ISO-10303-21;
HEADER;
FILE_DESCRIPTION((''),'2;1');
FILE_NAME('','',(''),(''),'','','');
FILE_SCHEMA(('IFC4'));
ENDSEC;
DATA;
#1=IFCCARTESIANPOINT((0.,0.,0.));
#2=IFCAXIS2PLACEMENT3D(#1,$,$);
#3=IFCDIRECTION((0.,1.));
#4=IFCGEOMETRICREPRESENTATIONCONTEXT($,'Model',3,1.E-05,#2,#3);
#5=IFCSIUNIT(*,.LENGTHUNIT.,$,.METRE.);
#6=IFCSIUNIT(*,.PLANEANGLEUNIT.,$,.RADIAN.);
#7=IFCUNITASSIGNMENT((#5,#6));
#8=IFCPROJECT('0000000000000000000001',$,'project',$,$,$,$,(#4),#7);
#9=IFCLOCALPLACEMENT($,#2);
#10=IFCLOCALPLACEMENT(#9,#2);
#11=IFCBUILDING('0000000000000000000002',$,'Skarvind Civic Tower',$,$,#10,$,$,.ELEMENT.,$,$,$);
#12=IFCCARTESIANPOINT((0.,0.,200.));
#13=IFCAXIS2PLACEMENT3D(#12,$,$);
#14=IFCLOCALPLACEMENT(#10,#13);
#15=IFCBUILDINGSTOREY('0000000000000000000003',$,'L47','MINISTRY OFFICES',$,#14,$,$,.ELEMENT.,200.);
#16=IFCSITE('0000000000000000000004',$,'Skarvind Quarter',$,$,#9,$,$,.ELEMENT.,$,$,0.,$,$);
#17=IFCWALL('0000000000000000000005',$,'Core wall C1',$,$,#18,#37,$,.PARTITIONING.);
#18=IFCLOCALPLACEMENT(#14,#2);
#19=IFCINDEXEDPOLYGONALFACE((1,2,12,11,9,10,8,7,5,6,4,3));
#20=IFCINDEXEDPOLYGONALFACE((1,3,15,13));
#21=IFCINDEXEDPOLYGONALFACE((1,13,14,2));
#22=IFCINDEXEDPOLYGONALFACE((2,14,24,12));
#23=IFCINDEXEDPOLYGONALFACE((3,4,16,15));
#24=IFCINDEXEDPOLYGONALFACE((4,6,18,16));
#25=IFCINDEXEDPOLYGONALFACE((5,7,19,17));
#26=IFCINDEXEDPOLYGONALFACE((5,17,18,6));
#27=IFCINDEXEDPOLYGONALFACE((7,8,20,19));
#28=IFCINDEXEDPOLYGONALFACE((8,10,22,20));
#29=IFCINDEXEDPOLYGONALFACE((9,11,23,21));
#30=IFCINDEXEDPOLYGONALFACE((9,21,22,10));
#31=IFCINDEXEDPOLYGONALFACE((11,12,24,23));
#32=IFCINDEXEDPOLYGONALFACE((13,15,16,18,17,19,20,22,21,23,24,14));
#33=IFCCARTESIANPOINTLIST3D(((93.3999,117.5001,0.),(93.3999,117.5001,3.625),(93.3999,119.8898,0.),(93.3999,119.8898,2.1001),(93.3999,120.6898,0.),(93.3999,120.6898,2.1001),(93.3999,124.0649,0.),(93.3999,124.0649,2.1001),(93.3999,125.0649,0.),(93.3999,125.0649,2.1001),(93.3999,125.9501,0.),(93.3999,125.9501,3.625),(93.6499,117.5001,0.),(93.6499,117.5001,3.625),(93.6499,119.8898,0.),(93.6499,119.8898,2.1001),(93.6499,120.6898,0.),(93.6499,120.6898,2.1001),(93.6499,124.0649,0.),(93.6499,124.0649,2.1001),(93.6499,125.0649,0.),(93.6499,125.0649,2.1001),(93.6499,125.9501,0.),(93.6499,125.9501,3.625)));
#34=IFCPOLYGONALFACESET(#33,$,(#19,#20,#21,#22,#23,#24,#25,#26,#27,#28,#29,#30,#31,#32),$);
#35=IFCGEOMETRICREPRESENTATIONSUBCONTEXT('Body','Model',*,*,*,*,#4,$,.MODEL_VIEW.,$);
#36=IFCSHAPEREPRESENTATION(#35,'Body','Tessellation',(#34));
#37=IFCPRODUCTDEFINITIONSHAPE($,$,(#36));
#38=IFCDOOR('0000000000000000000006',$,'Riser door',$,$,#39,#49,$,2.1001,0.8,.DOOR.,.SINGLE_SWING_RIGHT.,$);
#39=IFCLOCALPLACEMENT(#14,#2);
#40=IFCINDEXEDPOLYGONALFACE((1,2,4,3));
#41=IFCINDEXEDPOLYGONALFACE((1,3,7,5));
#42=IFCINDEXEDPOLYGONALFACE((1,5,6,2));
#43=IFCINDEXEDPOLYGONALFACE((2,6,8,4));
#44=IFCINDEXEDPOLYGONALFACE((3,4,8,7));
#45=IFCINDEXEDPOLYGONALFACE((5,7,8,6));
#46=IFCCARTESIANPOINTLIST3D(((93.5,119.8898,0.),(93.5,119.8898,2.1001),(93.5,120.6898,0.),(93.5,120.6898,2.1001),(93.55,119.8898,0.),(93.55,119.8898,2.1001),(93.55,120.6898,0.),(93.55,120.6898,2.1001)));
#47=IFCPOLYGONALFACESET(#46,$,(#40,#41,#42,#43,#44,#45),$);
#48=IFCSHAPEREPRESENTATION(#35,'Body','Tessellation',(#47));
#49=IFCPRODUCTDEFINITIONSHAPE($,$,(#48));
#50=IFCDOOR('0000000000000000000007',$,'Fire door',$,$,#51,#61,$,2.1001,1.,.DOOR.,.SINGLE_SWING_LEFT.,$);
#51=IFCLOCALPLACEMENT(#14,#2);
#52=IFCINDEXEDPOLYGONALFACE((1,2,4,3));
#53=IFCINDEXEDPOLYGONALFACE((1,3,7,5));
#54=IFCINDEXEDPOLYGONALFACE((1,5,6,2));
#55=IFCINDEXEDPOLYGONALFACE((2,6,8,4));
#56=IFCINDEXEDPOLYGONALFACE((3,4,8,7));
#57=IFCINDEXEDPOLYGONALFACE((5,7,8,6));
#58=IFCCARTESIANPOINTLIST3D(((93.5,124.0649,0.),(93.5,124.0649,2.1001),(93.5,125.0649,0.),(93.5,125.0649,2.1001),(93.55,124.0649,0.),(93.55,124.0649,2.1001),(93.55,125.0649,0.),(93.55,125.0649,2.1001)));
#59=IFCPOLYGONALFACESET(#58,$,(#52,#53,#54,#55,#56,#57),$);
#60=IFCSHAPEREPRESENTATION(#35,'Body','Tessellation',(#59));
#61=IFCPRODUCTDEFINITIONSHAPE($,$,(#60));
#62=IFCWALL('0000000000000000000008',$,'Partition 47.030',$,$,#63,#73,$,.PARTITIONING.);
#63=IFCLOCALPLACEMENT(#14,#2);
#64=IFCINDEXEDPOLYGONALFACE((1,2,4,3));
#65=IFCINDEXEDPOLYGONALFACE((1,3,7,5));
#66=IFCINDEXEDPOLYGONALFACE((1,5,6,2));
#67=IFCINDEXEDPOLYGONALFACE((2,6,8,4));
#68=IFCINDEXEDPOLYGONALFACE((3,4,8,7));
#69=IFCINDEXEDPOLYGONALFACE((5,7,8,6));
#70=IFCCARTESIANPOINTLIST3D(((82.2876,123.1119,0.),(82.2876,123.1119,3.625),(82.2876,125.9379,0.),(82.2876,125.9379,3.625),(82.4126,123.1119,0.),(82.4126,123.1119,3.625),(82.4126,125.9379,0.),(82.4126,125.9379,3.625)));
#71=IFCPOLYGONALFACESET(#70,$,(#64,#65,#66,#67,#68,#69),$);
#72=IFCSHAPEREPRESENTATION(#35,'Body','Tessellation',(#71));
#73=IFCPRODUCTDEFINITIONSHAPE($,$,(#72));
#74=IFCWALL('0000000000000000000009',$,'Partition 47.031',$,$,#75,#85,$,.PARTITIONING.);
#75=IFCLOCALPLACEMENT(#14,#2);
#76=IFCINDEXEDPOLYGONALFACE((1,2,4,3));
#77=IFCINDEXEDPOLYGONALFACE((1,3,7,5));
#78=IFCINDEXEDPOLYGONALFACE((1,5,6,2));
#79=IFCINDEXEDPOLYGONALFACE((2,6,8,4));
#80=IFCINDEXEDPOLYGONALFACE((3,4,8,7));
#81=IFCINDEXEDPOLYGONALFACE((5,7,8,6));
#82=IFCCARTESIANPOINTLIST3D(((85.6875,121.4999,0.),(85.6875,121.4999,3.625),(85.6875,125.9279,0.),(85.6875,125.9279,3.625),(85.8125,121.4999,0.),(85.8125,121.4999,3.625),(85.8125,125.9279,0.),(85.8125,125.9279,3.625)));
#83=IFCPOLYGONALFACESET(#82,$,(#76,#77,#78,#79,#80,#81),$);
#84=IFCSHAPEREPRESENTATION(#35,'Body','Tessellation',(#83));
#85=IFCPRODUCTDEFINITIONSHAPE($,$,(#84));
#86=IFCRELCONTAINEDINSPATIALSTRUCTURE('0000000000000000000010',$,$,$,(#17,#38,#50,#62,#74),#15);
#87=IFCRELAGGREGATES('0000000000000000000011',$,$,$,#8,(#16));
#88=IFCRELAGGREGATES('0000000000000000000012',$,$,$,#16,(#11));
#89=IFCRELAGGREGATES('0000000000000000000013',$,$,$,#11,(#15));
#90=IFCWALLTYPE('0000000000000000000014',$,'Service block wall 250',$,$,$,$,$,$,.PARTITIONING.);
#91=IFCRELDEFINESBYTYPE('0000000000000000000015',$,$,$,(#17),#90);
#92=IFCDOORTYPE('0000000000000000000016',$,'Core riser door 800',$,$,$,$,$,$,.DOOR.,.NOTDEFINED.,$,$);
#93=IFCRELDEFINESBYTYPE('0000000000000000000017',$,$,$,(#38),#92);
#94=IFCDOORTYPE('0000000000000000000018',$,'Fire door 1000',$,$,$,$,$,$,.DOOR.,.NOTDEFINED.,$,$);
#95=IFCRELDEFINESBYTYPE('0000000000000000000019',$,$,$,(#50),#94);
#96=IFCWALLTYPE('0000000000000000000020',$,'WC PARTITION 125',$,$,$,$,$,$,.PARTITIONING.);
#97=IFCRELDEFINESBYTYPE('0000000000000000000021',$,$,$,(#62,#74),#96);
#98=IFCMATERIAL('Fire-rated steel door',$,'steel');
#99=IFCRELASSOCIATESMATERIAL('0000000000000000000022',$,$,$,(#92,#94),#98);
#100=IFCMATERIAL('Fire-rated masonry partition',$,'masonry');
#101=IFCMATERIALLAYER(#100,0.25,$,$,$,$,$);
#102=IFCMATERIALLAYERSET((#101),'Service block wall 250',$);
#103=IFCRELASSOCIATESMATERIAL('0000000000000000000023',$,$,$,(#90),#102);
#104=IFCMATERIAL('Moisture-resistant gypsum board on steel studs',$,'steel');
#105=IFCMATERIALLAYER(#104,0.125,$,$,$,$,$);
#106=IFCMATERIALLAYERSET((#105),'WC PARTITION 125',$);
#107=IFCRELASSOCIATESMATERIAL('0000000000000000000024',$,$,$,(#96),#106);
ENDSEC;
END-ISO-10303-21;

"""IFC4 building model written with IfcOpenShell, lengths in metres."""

from ifc_helpers import new_model, si_unit, direction, frame, frame_2d, origin, place, context, subcontext, project, spatial, rectangle, extrude, material, layer, layer_set, type_object, element, fill, save


model = new_model("IFC4")

# Units and contexts
model_context = context("Model", 3, precision=1e-05, world=origin(), true_north=direction((0.0, 1.0)))
body_context = subcontext(model_context, "Body", "Model", "MODEL_VIEW")
ifc_project = project(units=[si_unit("LENGTHUNIT", "METRE"), si_unit("PLANEANGLEUNIT", "RADIAN")], contexts=[model_context])

# Site, building, storey
site_placement = place(None, origin())
site = spatial("IfcSite", under=ifc_project, at=site_placement, Name="Skarvind Quarter", CompositionType="ELEMENT", RefElevation=0.0)
building_placement = place(site_placement, origin())
building = spatial("IfcBuilding", under=site, at=building_placement, Name="Skarvind Civic Tower", CompositionType="ELEMENT")
storey_placement = place(building_placement, frame((0.0, 0.0, 200.0)))
storey = spatial("IfcBuildingStorey", under=building, at=storey_placement, Name="L47", Description="MINISTRY OFFICES", CompositionType="ELEMENT", Elevation=200.0)

# Shared definitions
ifc_material_1 = material(Name="Fire-rated masonry partition", Category="masonry")
ifc_material_2 = material(Name="Fire-rated steel door", Category="steel")

# Shared definitions
door_type_1 = type_object("IfcDoorType", Name="Core riser door 800", OperationType="NOTDEFINED", PredefinedType="DOOR", material=ifc_material_2)

# Wall, openings, doors
ifc_layer_1 = layer(ifc_material_1, 0.25)
ifc_layer_set_1 = layer_set([ifc_layer_1], Name="Service block wall 250")
wall_type_1 = type_object("IfcWallType", Name="Service block wall 250", PredefinedType="PARTITIONING", material=ifc_layer_set_1)
wall_1_placement = place(storey_placement, frame((93.5249, 117.5, 0.0), z_axis=(0.0, 0.0, 1.0), x_axis=(0.0, 1.0, 0.0)))
wall_1 = element("IfcWall", 1, at=wall_1_placement, inside=storey, type_object=wall_type_1, Name="Core wall C1", PredefinedType="PARTITIONING", context=body_context, shape_type="SweptSolid", body=[
    extrude(rectangle(XDim=8.45, YDim=0.25, at=frame_2d((4.2251, 0.0))), origin(), (0.0, 0.0, 1.0), 3.625),
])
opening_1_placement = place(wall_1_placement, frame((6.5649, 0.0, 0.0)))
opening_1 = element("IfcOpeningElement", 2, at=opening_1_placement, cuts=wall_1, PredefinedType="OPENING", context=body_context, shape_type="SweptSolid", body=[
    extrude(rectangle(XDim=1.0, YDim=2.1001, at=frame_2d((0.5, 1.05))), frame((0.0, 0.135, 0.0), z_axis=(0.0, -1.0, 0.0), x_axis=(1.0, 0.0, 0.0)), (0.0, 0.0, 1.0), 0.27),
])
opening_2_placement = place(wall_1_placement, frame((2.3899, 0.0, 0.0)))
opening_2 = element("IfcOpeningElement", 3, at=opening_2_placement, cuts=wall_1, PredefinedType="OPENING", context=body_context, shape_type="SweptSolid", body=[
    extrude(rectangle(XDim=0.8, YDim=2.1001, at=frame_2d((0.3999, 1.05))), frame((0.0, 0.135, 0.0), z_axis=(0.0, -1.0, 0.0), x_axis=(1.0, 0.0, 0.0)), (0.0, 0.0, 1.0), 0.27),
])
door_1_placement = place(opening_2_placement, origin())
door_1 = element("IfcDoor", 4, at=door_1_placement, inside=storey, type_object=door_type_1, Name="Riser door", OperationType="SINGLE_SWING_RIGHT", OverallHeight=2.1001, OverallWidth=0.8, PredefinedType="DOOR", context=body_context, shape_type="SweptSolid", body=[
    extrude(rectangle(XDim=0.8, YDim=2.1001, at=frame_2d((0.3999, 1.05))), frame((0.0, 0.0249, 0.0), z_axis=(0.0, -1.0, 0.0), x_axis=(1.0, 0.0, 0.0)), (0.0, 0.0, 1.0), 0.05),
])
fill(opening_2, door_1)
door_type_2 = type_object("IfcDoorType", Name="Fire door 1000", OperationType="NOTDEFINED", PredefinedType="DOOR", material=ifc_material_2)
door_2_placement = place(opening_1_placement, origin())
door_2 = element("IfcDoor", 5, at=door_2_placement, inside=storey, type_object=door_type_2, Name="Fire door", OperationType="SINGLE_SWING_LEFT", OverallHeight=2.1001, OverallWidth=1.0, PredefinedType="DOOR", context=body_context, shape_type="SweptSolid", body=[
    extrude(rectangle(XDim=1.0, YDim=2.1001, at=frame_2d((0.5, 1.05))), frame((0.0, 0.0249, 0.0), z_axis=(0.0, -1.0, 0.0), x_axis=(1.0, 0.0, 0.0)), (0.0, 0.0, 1.0), 0.05),
])
fill(opening_1, door_2)

# Walls
ifc_material_3 = material(Name="Moisture-resistant gypsum board on steel studs", Category="steel")
ifc_layer_2 = layer(ifc_material_3, 0.125)
ifc_layer_set_2 = layer_set([ifc_layer_2], Name="WC PARTITION 125")
wall_type_2 = type_object("IfcWallType", Name="WC PARTITION 125", PredefinedType="PARTITIONING", material=ifc_layer_set_2)
wall_2_placement = place(storey_placement, frame((82.3501, 125.938, 0.0), z_axis=(0.0, 0.0, 1.0), x_axis=(0.0, -1.0, 0.0)))
element("IfcWall", 6, at=wall_2_placement, inside=storey, type_object=wall_type_2, Name="Partition 47.030", PredefinedType="PARTITIONING", context=body_context, shape_type="SweptSolid", body=[
    extrude(rectangle(XDim=2.8259, YDim=0.125, at=frame_2d((1.4131, 0.0))), origin(), (0.0, 0.0, 1.0), 3.625),
])
wall_3_placement = place(storey_placement, frame((85.75, 121.5, 0.0), z_axis=(0.0, 0.0, 1.0), x_axis=(0.0, 1.0, 0.0)))
element("IfcWall", 7, at=wall_3_placement, inside=storey, type_object=wall_type_2, Name="Partition 47.031", PredefinedType="PARTITIONING", context=body_context, shape_type="SweptSolid", body=[
    extrude(rectangle(XDim=4.428, YDim=0.125, at=frame_2d((2.2139, 0.0))), origin(), (0.0, 0.0, 1.0), 3.625),
])

save(model, "model.ifc")
